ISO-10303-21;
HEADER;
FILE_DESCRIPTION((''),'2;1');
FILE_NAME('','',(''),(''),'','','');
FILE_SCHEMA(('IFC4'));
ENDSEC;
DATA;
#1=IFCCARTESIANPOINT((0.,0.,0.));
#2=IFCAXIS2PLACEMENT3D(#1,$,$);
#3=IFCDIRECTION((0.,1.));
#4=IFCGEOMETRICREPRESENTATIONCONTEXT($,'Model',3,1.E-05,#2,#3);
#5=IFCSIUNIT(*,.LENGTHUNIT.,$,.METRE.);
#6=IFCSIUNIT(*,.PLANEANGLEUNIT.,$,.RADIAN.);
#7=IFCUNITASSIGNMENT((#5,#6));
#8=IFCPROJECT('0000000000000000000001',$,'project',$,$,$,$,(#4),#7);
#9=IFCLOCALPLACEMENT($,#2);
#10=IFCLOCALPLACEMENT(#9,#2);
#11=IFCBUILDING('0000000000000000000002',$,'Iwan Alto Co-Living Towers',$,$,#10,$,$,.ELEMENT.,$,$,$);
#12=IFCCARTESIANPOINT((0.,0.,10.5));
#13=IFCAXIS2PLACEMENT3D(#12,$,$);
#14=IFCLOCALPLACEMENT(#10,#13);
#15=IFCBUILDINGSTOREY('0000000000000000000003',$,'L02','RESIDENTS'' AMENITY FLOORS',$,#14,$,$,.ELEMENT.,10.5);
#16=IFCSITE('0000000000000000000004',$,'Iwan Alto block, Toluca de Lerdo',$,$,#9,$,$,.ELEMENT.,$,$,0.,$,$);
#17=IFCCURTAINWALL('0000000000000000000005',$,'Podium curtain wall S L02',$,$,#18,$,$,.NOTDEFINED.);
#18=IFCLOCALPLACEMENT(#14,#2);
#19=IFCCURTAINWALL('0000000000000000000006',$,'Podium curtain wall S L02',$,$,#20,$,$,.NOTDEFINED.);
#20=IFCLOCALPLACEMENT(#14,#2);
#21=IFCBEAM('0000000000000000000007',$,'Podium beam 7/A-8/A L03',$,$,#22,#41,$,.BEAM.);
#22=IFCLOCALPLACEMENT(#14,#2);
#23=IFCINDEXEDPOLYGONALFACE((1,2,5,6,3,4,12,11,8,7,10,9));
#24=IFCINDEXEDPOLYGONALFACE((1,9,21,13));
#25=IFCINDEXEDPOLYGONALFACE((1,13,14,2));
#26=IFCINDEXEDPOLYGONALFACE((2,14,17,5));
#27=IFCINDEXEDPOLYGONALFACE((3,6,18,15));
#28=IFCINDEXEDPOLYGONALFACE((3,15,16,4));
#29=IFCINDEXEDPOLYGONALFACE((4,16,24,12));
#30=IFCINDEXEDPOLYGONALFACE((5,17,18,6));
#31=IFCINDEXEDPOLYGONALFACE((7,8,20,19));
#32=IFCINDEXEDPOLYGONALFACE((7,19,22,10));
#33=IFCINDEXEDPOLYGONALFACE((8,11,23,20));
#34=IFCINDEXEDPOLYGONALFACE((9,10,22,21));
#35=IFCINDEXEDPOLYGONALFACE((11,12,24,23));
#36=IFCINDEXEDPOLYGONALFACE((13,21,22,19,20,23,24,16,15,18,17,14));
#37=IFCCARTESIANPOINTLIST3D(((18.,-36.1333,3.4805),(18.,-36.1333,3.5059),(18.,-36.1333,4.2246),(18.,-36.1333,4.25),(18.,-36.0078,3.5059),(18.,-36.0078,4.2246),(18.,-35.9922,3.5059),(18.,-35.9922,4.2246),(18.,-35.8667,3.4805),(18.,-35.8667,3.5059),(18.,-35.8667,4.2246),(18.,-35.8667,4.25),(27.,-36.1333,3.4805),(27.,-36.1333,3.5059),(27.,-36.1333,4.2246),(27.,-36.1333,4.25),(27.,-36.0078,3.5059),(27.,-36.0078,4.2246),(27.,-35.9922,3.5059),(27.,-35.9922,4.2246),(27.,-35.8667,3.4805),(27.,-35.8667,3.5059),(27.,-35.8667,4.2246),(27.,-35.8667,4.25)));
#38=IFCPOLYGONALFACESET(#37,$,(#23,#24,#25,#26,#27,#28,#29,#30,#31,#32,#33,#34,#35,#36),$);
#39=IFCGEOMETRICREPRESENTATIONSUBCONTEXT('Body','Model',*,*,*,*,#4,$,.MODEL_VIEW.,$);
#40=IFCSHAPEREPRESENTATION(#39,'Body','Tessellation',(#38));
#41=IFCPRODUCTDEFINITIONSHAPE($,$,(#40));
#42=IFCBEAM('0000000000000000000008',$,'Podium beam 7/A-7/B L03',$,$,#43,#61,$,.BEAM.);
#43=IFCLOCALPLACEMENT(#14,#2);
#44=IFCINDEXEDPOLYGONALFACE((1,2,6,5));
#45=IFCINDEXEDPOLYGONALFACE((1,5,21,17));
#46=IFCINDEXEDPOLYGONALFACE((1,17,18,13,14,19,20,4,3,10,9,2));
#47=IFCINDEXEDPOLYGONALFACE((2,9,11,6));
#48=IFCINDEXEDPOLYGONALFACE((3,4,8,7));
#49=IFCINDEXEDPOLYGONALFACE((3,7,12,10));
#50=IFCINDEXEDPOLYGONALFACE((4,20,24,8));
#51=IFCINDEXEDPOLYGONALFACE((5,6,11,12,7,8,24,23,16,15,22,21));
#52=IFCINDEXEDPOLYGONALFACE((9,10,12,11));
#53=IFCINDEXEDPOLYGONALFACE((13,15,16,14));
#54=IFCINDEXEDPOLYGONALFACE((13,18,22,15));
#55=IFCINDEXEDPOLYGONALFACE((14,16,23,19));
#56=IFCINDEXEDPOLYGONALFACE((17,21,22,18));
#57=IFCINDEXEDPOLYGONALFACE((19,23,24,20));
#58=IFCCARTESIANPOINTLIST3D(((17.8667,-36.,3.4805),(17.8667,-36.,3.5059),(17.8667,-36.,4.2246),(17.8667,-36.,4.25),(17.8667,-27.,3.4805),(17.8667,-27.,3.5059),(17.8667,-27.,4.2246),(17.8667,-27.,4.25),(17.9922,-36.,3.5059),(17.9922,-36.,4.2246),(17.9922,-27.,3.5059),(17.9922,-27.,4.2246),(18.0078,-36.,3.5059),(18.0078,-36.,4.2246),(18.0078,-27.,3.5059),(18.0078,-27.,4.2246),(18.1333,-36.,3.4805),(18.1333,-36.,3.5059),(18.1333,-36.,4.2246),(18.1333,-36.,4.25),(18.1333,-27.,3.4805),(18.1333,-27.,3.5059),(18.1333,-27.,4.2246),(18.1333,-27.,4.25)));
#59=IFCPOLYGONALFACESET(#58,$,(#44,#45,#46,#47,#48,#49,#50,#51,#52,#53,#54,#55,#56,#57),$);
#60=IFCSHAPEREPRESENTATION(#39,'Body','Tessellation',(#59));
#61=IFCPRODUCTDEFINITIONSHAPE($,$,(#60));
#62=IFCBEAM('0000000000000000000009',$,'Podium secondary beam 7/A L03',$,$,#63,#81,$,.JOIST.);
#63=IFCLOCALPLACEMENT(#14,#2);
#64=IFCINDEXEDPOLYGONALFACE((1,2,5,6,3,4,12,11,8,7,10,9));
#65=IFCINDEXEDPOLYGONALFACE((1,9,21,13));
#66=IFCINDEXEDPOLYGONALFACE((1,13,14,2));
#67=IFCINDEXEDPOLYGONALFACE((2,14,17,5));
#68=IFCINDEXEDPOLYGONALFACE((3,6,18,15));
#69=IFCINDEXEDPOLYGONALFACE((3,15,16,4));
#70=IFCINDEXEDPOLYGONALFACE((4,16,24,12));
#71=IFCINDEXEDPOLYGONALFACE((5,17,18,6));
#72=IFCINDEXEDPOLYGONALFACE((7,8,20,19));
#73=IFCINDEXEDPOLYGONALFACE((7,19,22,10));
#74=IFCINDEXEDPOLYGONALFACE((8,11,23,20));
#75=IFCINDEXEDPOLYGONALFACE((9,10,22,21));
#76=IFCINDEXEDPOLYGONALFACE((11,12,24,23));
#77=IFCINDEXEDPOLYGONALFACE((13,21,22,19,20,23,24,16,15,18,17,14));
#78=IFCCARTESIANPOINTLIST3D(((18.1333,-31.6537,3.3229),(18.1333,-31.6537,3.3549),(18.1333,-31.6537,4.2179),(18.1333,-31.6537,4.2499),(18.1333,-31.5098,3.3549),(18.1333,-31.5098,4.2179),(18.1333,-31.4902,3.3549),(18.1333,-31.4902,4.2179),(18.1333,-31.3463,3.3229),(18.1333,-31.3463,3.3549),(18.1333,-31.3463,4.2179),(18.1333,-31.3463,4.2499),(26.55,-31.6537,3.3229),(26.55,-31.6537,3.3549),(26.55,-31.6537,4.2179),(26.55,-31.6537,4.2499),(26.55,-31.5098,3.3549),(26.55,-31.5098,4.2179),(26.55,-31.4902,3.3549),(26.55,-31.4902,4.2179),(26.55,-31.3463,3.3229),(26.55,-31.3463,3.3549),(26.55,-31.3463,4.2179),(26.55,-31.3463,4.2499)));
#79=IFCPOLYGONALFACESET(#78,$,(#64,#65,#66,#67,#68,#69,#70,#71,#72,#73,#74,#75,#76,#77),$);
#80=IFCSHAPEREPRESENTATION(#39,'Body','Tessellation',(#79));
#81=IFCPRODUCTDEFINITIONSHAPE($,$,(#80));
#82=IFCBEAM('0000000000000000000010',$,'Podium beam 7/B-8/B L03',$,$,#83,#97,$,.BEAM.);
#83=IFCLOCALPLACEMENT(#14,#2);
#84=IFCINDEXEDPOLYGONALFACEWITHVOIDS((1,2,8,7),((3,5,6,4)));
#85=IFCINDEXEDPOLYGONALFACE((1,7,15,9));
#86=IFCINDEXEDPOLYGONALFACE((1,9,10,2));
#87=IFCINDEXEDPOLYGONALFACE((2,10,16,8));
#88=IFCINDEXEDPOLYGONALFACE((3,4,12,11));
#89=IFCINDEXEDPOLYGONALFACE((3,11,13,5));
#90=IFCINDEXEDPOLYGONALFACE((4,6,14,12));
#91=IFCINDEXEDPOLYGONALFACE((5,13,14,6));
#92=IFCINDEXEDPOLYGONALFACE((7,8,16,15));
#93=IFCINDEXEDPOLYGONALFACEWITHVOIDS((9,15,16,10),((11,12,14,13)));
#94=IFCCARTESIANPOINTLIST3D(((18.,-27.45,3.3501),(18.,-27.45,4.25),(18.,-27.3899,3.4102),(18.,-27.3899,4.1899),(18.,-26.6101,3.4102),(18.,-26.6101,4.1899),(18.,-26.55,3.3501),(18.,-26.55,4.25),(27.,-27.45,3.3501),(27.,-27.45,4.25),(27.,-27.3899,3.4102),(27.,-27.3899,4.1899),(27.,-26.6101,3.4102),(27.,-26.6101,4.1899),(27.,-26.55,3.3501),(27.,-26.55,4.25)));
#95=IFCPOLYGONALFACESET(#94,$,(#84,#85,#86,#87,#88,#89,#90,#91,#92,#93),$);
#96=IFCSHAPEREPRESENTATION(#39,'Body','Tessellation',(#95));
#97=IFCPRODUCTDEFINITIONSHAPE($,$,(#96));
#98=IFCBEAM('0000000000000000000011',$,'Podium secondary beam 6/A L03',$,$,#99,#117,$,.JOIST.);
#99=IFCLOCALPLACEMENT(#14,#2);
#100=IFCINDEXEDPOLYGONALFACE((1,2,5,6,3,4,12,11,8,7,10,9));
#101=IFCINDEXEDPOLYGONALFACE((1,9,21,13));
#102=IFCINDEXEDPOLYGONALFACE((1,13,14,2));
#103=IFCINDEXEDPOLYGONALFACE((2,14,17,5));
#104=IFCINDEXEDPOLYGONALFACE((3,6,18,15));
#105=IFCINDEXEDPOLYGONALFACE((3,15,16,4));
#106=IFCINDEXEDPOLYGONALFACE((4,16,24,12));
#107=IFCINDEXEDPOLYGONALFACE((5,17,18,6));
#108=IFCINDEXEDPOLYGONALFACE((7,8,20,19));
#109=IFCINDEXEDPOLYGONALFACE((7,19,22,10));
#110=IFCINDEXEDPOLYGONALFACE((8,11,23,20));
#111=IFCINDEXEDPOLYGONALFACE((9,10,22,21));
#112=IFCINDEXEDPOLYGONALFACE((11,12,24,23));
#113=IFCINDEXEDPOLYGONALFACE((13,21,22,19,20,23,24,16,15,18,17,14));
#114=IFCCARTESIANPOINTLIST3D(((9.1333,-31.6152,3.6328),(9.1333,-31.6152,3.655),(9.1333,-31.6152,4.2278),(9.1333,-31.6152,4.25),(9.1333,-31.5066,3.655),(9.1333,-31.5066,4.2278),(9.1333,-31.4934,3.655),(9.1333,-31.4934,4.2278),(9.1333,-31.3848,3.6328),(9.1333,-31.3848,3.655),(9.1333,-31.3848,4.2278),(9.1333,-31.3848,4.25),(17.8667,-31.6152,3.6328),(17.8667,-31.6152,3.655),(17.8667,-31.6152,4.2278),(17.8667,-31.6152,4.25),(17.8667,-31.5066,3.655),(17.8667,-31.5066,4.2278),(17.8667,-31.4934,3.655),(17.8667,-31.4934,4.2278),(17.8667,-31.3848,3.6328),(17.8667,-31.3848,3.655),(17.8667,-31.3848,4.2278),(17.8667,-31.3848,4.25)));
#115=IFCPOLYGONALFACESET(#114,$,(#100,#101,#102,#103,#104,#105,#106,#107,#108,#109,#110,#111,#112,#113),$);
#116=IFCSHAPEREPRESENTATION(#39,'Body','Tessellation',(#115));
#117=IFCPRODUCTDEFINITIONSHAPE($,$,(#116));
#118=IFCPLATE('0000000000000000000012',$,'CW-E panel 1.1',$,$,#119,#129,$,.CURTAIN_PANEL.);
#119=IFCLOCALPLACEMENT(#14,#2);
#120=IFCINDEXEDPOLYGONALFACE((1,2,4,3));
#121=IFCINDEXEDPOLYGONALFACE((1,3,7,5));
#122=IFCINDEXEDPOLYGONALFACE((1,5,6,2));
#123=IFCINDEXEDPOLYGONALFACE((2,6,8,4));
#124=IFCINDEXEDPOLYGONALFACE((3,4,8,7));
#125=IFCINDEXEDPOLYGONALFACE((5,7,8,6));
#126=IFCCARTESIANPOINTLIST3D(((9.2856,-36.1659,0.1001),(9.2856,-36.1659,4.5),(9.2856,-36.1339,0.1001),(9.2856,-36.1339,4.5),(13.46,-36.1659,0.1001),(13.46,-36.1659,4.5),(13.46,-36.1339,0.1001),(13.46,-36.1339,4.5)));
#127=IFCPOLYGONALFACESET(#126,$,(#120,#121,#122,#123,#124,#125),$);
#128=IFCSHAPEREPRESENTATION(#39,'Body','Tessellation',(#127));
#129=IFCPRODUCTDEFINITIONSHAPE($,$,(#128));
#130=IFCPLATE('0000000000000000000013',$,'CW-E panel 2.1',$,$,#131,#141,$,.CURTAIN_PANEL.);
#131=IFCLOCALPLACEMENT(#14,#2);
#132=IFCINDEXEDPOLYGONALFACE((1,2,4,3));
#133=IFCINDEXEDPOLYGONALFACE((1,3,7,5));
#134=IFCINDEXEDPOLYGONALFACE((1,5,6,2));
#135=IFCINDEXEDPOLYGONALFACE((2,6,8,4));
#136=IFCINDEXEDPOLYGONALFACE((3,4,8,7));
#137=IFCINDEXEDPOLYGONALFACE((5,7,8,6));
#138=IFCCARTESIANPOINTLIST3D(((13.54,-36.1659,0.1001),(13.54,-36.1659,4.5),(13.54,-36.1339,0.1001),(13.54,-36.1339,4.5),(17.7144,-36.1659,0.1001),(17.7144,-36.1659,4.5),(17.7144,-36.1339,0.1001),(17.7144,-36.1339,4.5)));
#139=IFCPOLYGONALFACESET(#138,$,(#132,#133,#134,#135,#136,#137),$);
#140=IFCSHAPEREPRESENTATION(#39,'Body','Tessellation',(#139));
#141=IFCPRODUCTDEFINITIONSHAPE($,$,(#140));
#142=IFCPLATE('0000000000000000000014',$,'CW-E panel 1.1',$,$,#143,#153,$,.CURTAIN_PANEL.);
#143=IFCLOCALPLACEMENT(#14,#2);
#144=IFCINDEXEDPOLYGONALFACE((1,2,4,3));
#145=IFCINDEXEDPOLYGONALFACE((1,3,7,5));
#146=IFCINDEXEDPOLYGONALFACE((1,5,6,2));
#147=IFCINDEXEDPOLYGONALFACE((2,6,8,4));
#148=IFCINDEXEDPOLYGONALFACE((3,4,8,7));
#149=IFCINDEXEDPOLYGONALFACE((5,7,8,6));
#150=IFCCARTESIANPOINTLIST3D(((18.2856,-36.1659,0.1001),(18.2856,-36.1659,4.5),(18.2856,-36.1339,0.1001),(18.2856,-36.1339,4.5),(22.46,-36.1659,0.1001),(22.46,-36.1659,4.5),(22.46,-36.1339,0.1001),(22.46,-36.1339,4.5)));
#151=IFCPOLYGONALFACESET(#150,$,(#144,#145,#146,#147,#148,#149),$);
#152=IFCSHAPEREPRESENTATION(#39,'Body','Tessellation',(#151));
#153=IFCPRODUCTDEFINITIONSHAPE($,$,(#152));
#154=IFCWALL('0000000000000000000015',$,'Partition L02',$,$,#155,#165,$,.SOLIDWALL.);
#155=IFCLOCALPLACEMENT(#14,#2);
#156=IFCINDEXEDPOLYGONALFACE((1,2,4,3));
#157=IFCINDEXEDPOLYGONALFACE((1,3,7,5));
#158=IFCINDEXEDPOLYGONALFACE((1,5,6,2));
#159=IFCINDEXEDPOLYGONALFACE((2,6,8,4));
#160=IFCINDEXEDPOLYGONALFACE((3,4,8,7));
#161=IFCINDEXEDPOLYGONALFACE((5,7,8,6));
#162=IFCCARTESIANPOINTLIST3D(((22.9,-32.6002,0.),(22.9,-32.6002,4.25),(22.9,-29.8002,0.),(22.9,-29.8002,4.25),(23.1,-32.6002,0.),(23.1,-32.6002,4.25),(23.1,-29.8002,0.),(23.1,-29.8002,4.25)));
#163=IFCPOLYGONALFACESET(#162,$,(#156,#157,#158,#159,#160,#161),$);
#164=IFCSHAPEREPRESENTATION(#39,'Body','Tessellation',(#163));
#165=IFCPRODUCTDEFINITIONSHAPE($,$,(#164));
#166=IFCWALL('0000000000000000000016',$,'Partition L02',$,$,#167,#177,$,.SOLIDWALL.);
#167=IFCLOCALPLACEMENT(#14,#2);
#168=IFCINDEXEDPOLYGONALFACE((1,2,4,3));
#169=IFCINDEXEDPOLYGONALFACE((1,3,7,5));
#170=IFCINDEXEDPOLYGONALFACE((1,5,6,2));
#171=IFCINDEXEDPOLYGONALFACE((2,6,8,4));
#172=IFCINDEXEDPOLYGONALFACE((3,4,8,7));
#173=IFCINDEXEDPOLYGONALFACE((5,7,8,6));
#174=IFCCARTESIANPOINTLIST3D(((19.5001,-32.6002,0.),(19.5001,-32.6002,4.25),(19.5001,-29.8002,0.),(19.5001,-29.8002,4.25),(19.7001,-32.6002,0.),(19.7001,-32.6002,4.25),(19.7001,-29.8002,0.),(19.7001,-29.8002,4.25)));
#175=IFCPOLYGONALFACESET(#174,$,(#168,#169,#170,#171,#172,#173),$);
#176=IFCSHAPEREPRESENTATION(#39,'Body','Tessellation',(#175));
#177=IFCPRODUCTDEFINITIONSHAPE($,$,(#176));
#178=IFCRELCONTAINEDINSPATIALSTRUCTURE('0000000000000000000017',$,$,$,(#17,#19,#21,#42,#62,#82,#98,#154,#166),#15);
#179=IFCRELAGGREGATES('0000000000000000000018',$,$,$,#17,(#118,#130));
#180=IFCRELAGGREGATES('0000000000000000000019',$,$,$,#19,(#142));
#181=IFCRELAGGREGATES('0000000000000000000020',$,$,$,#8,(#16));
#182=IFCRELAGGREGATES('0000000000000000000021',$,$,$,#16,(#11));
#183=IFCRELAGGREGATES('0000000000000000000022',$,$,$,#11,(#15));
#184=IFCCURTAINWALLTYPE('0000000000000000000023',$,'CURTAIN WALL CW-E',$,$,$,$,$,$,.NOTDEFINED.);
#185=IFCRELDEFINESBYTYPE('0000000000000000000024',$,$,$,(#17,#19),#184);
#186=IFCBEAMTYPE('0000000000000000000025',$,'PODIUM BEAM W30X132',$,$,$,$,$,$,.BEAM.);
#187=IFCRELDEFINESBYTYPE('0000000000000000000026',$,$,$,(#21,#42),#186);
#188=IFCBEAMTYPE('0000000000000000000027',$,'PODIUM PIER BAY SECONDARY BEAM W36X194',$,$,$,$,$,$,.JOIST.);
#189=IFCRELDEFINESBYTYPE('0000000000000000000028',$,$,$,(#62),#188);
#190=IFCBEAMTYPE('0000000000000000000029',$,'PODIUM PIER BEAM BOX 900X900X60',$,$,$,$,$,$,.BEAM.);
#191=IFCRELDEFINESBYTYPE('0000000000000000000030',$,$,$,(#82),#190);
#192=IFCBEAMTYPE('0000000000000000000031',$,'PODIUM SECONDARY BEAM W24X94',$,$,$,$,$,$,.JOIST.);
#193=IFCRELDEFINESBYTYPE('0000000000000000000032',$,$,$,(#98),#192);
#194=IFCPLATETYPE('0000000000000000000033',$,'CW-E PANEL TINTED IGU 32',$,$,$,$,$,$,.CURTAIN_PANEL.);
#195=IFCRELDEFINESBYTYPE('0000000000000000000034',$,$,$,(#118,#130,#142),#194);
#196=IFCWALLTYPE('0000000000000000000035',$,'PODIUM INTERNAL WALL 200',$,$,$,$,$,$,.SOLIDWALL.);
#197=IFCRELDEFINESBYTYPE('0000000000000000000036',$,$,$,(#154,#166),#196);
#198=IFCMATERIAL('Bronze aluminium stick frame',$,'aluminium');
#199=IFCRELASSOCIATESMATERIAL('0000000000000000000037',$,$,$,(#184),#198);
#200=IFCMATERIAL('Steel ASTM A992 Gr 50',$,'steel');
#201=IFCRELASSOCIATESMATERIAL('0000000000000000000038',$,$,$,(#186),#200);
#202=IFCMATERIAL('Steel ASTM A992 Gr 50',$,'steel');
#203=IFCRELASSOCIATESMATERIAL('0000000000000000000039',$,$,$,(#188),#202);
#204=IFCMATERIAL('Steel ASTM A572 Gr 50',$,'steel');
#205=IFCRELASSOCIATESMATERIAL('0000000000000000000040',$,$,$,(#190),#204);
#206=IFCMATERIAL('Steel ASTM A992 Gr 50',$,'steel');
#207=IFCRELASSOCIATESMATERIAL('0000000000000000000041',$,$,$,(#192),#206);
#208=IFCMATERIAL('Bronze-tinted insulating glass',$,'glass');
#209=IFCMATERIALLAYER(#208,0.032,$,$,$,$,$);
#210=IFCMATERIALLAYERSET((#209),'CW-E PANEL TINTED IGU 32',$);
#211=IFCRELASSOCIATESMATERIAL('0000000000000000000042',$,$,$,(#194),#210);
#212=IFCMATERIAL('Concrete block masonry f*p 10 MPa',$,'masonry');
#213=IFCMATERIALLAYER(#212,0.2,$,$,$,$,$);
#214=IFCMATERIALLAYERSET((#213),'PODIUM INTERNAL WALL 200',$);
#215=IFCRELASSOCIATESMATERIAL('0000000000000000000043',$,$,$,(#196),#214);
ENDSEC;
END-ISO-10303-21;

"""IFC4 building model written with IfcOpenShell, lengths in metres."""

from ifc_helpers import new_model, si_unit, direction, frame, frame_2d, origin, origin_2d, place, context, subcontext, project, spatial, rectangle, hollow_rectangle, i_section, extrude, material, layer, layer_set, material_profile, profile_set, type_object, element, aggregate, save


model = new_model("IFC4")

# Units and contexts
model_context = context("Model", 3, precision=1e-05, world=origin(), true_north=direction((0.0, 1.0)))
body_context = subcontext(model_context, "Body", "Model", "MODEL_VIEW")
ifc_project = project(units=[si_unit("LENGTHUNIT", "METRE"), si_unit("PLANEANGLEUNIT", "RADIAN")], contexts=[model_context])

# Site, building, storey
site_placement = place(None, origin())
site = spatial("IfcSite", under=ifc_project, at=site_placement, Name="Iwan Alto block, Toluca de Lerdo", CompositionType="ELEMENT", RefElevation=0.0)
building_placement = place(site_placement, origin())
building = spatial("IfcBuilding", under=site, at=building_placement, Name="Iwan Alto Co-Living Towers", CompositionType="ELEMENT")
storey_placement = place(building_placement, frame((0.0, 0.0, 10.5)))
storey = spatial("IfcBuildingStorey", under=building, at=storey_placement, Name="L02", Description="RESIDENTS' AMENITY FLOORS", CompositionType="ELEMENT", Elevation=10.5)

# Curtain walls
ifc_material_1 = material(Name="Bronze aluminium stick frame", Category="aluminium")
curtain_wall_type = type_object("IfcCurtainWallType", Name="CURTAIN WALL CW-E", PredefinedType="NOTDEFINED", material=ifc_material_1)
curtain_wall_1_placement = place(storey_placement, origin())
curtain_wall_1 = element("IfcCurtainWall", 1, at=curtain_wall_1_placement, inside=storey, type_object=curtain_wall_type, Name="Podium curtain wall S L02", PredefinedType="NOTDEFINED")
curtain_wall_2_placement = place(storey_placement, origin())
curtain_wall_2 = element("IfcCurtainWall", 2, at=curtain_wall_2_placement, inside=storey, type_object=curtain_wall_type, Name="Podium curtain wall S L02", PredefinedType="NOTDEFINED")

# Beams
ifc_material_2 = material(Name="Steel ASTM A992 Gr 50", Category="steel")
ifc_material_profile_1 = material_profile(ifc_material_2, i_section(OverallWidth=0.2666, OverallDepth=0.7695, WebThickness=0.0156, FlangeThickness=0.0254, at=origin_2d()), Name="W30X132")
ifc_profile_set_1 = profile_set([ifc_material_profile_1], Name="Steel ASTM A992 Gr 50")
beam_type_1 = type_object("IfcBeamType", Name="PODIUM BEAM W30X132", PredefinedType="BEAM", material=ifc_profile_set_1)
for number, where, z_axis, x_axis, name in (
    (3, (18.0, -36.0, 3.8652), (1.0, 0.0, 0.0), (0.0, 1.0, 0.0), "Podium beam 7/A-8/A L03"),
    (4, (18.0, -36.0, 3.8652), (0.0, 1.0, 0.0), (-1.0, 0.0, 0.0), "Podium beam 7/A-7/B L03"),
):
    element("IfcBeam", number, at=place(storey_placement, frame(where, z_axis=z_axis, x_axis=x_axis)), inside=storey, type_object=beam_type_1, Name=name, PredefinedType="BEAM", context=body_context, shape_type="SweptSolid", body=[
        extrude(i_section(OverallWidth=0.2666, OverallDepth=0.7695, WebThickness=0.0156, FlangeThickness=0.0254, at=origin_2d()), origin(), (0.0, 0.0, 1.0), 9.0),
    ])
ifc_material_3 = material(Name="Steel ASTM A992 Gr 50", Category="steel")
ifc_material_profile_2 = material_profile(ifc_material_3, i_section(OverallWidth=0.3074, OverallDepth=0.927, WebThickness=0.0195, FlangeThickness=0.032, at=origin_2d()), Name="W36X194")
ifc_profile_set_2 = profile_set([ifc_material_profile_2], Name="Steel ASTM A992 Gr 50")
beam_type_2 = type_object("IfcBeamType", Name="PODIUM PIER BAY SECONDARY BEAM W36X194", PredefinedType="JOIST", material=ifc_profile_set_2)
beam_1_placement = place(storey_placement, frame((18.1333, -31.5, 3.7864), z_axis=(1.0, 0.0, 0.0), x_axis=(0.0, 1.0, 0.0)))
element("IfcBeam", 5, at=beam_1_placement, inside=storey, type_object=beam_type_2, Name="Podium secondary beam 7/A L03", PredefinedType="JOIST", context=body_context, shape_type="SweptSolid", body=[
    extrude(i_section(OverallWidth=0.3074, OverallDepth=0.927, WebThickness=0.0195, FlangeThickness=0.032, at=origin_2d()), origin(), (0.0, 0.0, 1.0), 8.4167),
])
ifc_material_4 = material(Name="Steel ASTM A572 Gr 50", Category="steel")
ifc_material_profile_3 = material_profile(ifc_material_4, hollow_rectangle(XDim=0.8999, YDim=0.8999, WallThickness=0.0601, at=origin_2d()), Name="BOX 900X900X60")
ifc_profile_set_3 = profile_set([ifc_material_profile_3], Name="Steel ASTM A572 Gr 50")
beam_type_3 = type_object("IfcBeamType", Name="PODIUM PIER BEAM BOX 900X900X60", PredefinedType="BEAM", material=ifc_profile_set_3)
beam_2_placement = place(storey_placement, frame((18.0, -27.0, 3.8), z_axis=(1.0, 0.0, 0.0), x_axis=(0.0, 1.0, 0.0)))
element("IfcBeam", 6, at=beam_2_placement, inside=storey, type_object=beam_type_3, Name="Podium beam 7/B-8/B L03", PredefinedType="BEAM", context=body_context, shape_type="SweptSolid", body=[
    extrude(hollow_rectangle(XDim=0.8999, YDim=0.8999, WallThickness=0.0601, at=origin_2d()), origin(), (0.0, 0.0, 1.0), 9.0),
])
ifc_material_5 = material(Name="Steel ASTM A992 Gr 50", Category="steel")
ifc_material_profile_4 = material_profile(ifc_material_5, i_section(OverallWidth=0.2305, OverallDepth=0.6172, WebThickness=0.0132, FlangeThickness=0.0222, at=origin_2d()), Name="W24X94")
ifc_profile_set_4 = profile_set([ifc_material_profile_4], Name="Steel ASTM A992 Gr 50")
beam_type_4 = type_object("IfcBeamType", Name="PODIUM SECONDARY BEAM W24X94", PredefinedType="JOIST", material=ifc_profile_set_4)
beam_3_placement = place(storey_placement, frame((9.1333, -31.5, 3.9414), z_axis=(1.0, 0.0, 0.0), x_axis=(0.0, 1.0, 0.0)))
element("IfcBeam", 7, at=beam_3_placement, inside=storey, type_object=beam_type_4, Name="Podium secondary beam 6/A L03", PredefinedType="JOIST", context=body_context, shape_type="SweptSolid", body=[
    extrude(i_section(OverallWidth=0.2305, OverallDepth=0.6172, WebThickness=0.0132, FlangeThickness=0.0222, at=origin_2d()), origin(), (0.0, 0.0, 1.0), 8.7334),
])

# Plates
ifc_material_6 = material(Name="Bronze-tinted insulating glass", Category="glass")
ifc_layer_1 = layer(ifc_material_6, 0.032)
ifc_layer_set_1 = layer_set([ifc_layer_1], Name="CW-E PANEL TINTED IGU 32")
plate_type = type_object("IfcPlateType", Name="CW-E PANEL TINTED IGU 32", PredefinedType="CURTAIN_PANEL", material=ifc_layer_set_1)
plate_1_placement = place(storey_placement, frame((11.3728, -36.1499, 0.1001), z_axis=(0.0, 0.0, 1.0), x_axis=(1.0, 0.0, 0.0)))
plate_1 = element("IfcPlate", 8, at=plate_1_placement, type_object=plate_type, Name="CW-E panel 1.1", PredefinedType="CURTAIN_PANEL", context=body_context, shape_type="SweptSolid", body=[
    extrude(rectangle(XDim=4.1743, YDim=0.032, at=origin_2d()), origin(), (0.0, 0.0, 1.0), 4.3999),
])
plate_2_placement = place(storey_placement, frame((15.6272, -36.1499, 0.1001), z_axis=(0.0, 0.0, 1.0), x_axis=(1.0, 0.0, 0.0)))
plate_2 = element("IfcPlate", 9, at=plate_2_placement, type_object=plate_type, Name="CW-E panel 2.1", PredefinedType="CURTAIN_PANEL", context=body_context, shape_type="SweptSolid", body=[
    extrude(rectangle(XDim=4.1743, YDim=0.032, at=origin_2d()), origin(), (0.0, 0.0, 1.0), 4.3999),
])
aggregate(curtain_wall_1, [plate_1, plate_2])
plate_3_placement = place(storey_placement, frame((20.3728, -36.1499, 0.1001), z_axis=(0.0, 0.0, 1.0), x_axis=(1.0, 0.0, 0.0)))
plate_3 = element("IfcPlate", 10, at=plate_3_placement, type_object=plate_type, Name="CW-E panel 1.1", PredefinedType="CURTAIN_PANEL", context=body_context, shape_type="SweptSolid", body=[
    extrude(rectangle(XDim=4.1743, YDim=0.032, at=origin_2d()), origin(), (0.0, 0.0, 1.0), 4.3999),
])
aggregate(curtain_wall_2, [plate_3])

# Walls
ifc_material_7 = material(Name="Concrete block masonry f*p 10 MPa", Category="masonry")
ifc_layer_2 = layer(ifc_material_7, 0.2)
ifc_layer_set_2 = layer_set([ifc_layer_2], Name="PODIUM INTERNAL WALL 200")
wall_type_1 = type_object("IfcWallType", Name="PODIUM INTERNAL WALL 200", PredefinedType="SOLIDWALL", material=ifc_layer_set_2)
for number, where, z_axis, x_axis, name in (
    (11, (23.0, -32.6001, 0.0), (0.0, 0.0, 1.0), (0.0, 1.0, 0.0), "Partition L02"),
    (12, (19.6001, -32.6001, 0.0), (0.0, 0.0, 1.0), (0.0, 1.0, 0.0), "Partition L02"),
):
    element("IfcWall", number, at=place(storey_placement, frame(where, z_axis=z_axis, x_axis=x_axis)), inside=storey, type_object=wall_type_1, Name=name, PredefinedType="SOLIDWALL", context=body_context, shape_type="SweptSolid", body=[
        extrude(rectangle(XDim=2.8, YDim=0.2, at=frame_2d((1.3999, 0.0))), origin(), (0.0, 0.0, 1.0), 4.25),
    ])

save(model, "model.ifc")
